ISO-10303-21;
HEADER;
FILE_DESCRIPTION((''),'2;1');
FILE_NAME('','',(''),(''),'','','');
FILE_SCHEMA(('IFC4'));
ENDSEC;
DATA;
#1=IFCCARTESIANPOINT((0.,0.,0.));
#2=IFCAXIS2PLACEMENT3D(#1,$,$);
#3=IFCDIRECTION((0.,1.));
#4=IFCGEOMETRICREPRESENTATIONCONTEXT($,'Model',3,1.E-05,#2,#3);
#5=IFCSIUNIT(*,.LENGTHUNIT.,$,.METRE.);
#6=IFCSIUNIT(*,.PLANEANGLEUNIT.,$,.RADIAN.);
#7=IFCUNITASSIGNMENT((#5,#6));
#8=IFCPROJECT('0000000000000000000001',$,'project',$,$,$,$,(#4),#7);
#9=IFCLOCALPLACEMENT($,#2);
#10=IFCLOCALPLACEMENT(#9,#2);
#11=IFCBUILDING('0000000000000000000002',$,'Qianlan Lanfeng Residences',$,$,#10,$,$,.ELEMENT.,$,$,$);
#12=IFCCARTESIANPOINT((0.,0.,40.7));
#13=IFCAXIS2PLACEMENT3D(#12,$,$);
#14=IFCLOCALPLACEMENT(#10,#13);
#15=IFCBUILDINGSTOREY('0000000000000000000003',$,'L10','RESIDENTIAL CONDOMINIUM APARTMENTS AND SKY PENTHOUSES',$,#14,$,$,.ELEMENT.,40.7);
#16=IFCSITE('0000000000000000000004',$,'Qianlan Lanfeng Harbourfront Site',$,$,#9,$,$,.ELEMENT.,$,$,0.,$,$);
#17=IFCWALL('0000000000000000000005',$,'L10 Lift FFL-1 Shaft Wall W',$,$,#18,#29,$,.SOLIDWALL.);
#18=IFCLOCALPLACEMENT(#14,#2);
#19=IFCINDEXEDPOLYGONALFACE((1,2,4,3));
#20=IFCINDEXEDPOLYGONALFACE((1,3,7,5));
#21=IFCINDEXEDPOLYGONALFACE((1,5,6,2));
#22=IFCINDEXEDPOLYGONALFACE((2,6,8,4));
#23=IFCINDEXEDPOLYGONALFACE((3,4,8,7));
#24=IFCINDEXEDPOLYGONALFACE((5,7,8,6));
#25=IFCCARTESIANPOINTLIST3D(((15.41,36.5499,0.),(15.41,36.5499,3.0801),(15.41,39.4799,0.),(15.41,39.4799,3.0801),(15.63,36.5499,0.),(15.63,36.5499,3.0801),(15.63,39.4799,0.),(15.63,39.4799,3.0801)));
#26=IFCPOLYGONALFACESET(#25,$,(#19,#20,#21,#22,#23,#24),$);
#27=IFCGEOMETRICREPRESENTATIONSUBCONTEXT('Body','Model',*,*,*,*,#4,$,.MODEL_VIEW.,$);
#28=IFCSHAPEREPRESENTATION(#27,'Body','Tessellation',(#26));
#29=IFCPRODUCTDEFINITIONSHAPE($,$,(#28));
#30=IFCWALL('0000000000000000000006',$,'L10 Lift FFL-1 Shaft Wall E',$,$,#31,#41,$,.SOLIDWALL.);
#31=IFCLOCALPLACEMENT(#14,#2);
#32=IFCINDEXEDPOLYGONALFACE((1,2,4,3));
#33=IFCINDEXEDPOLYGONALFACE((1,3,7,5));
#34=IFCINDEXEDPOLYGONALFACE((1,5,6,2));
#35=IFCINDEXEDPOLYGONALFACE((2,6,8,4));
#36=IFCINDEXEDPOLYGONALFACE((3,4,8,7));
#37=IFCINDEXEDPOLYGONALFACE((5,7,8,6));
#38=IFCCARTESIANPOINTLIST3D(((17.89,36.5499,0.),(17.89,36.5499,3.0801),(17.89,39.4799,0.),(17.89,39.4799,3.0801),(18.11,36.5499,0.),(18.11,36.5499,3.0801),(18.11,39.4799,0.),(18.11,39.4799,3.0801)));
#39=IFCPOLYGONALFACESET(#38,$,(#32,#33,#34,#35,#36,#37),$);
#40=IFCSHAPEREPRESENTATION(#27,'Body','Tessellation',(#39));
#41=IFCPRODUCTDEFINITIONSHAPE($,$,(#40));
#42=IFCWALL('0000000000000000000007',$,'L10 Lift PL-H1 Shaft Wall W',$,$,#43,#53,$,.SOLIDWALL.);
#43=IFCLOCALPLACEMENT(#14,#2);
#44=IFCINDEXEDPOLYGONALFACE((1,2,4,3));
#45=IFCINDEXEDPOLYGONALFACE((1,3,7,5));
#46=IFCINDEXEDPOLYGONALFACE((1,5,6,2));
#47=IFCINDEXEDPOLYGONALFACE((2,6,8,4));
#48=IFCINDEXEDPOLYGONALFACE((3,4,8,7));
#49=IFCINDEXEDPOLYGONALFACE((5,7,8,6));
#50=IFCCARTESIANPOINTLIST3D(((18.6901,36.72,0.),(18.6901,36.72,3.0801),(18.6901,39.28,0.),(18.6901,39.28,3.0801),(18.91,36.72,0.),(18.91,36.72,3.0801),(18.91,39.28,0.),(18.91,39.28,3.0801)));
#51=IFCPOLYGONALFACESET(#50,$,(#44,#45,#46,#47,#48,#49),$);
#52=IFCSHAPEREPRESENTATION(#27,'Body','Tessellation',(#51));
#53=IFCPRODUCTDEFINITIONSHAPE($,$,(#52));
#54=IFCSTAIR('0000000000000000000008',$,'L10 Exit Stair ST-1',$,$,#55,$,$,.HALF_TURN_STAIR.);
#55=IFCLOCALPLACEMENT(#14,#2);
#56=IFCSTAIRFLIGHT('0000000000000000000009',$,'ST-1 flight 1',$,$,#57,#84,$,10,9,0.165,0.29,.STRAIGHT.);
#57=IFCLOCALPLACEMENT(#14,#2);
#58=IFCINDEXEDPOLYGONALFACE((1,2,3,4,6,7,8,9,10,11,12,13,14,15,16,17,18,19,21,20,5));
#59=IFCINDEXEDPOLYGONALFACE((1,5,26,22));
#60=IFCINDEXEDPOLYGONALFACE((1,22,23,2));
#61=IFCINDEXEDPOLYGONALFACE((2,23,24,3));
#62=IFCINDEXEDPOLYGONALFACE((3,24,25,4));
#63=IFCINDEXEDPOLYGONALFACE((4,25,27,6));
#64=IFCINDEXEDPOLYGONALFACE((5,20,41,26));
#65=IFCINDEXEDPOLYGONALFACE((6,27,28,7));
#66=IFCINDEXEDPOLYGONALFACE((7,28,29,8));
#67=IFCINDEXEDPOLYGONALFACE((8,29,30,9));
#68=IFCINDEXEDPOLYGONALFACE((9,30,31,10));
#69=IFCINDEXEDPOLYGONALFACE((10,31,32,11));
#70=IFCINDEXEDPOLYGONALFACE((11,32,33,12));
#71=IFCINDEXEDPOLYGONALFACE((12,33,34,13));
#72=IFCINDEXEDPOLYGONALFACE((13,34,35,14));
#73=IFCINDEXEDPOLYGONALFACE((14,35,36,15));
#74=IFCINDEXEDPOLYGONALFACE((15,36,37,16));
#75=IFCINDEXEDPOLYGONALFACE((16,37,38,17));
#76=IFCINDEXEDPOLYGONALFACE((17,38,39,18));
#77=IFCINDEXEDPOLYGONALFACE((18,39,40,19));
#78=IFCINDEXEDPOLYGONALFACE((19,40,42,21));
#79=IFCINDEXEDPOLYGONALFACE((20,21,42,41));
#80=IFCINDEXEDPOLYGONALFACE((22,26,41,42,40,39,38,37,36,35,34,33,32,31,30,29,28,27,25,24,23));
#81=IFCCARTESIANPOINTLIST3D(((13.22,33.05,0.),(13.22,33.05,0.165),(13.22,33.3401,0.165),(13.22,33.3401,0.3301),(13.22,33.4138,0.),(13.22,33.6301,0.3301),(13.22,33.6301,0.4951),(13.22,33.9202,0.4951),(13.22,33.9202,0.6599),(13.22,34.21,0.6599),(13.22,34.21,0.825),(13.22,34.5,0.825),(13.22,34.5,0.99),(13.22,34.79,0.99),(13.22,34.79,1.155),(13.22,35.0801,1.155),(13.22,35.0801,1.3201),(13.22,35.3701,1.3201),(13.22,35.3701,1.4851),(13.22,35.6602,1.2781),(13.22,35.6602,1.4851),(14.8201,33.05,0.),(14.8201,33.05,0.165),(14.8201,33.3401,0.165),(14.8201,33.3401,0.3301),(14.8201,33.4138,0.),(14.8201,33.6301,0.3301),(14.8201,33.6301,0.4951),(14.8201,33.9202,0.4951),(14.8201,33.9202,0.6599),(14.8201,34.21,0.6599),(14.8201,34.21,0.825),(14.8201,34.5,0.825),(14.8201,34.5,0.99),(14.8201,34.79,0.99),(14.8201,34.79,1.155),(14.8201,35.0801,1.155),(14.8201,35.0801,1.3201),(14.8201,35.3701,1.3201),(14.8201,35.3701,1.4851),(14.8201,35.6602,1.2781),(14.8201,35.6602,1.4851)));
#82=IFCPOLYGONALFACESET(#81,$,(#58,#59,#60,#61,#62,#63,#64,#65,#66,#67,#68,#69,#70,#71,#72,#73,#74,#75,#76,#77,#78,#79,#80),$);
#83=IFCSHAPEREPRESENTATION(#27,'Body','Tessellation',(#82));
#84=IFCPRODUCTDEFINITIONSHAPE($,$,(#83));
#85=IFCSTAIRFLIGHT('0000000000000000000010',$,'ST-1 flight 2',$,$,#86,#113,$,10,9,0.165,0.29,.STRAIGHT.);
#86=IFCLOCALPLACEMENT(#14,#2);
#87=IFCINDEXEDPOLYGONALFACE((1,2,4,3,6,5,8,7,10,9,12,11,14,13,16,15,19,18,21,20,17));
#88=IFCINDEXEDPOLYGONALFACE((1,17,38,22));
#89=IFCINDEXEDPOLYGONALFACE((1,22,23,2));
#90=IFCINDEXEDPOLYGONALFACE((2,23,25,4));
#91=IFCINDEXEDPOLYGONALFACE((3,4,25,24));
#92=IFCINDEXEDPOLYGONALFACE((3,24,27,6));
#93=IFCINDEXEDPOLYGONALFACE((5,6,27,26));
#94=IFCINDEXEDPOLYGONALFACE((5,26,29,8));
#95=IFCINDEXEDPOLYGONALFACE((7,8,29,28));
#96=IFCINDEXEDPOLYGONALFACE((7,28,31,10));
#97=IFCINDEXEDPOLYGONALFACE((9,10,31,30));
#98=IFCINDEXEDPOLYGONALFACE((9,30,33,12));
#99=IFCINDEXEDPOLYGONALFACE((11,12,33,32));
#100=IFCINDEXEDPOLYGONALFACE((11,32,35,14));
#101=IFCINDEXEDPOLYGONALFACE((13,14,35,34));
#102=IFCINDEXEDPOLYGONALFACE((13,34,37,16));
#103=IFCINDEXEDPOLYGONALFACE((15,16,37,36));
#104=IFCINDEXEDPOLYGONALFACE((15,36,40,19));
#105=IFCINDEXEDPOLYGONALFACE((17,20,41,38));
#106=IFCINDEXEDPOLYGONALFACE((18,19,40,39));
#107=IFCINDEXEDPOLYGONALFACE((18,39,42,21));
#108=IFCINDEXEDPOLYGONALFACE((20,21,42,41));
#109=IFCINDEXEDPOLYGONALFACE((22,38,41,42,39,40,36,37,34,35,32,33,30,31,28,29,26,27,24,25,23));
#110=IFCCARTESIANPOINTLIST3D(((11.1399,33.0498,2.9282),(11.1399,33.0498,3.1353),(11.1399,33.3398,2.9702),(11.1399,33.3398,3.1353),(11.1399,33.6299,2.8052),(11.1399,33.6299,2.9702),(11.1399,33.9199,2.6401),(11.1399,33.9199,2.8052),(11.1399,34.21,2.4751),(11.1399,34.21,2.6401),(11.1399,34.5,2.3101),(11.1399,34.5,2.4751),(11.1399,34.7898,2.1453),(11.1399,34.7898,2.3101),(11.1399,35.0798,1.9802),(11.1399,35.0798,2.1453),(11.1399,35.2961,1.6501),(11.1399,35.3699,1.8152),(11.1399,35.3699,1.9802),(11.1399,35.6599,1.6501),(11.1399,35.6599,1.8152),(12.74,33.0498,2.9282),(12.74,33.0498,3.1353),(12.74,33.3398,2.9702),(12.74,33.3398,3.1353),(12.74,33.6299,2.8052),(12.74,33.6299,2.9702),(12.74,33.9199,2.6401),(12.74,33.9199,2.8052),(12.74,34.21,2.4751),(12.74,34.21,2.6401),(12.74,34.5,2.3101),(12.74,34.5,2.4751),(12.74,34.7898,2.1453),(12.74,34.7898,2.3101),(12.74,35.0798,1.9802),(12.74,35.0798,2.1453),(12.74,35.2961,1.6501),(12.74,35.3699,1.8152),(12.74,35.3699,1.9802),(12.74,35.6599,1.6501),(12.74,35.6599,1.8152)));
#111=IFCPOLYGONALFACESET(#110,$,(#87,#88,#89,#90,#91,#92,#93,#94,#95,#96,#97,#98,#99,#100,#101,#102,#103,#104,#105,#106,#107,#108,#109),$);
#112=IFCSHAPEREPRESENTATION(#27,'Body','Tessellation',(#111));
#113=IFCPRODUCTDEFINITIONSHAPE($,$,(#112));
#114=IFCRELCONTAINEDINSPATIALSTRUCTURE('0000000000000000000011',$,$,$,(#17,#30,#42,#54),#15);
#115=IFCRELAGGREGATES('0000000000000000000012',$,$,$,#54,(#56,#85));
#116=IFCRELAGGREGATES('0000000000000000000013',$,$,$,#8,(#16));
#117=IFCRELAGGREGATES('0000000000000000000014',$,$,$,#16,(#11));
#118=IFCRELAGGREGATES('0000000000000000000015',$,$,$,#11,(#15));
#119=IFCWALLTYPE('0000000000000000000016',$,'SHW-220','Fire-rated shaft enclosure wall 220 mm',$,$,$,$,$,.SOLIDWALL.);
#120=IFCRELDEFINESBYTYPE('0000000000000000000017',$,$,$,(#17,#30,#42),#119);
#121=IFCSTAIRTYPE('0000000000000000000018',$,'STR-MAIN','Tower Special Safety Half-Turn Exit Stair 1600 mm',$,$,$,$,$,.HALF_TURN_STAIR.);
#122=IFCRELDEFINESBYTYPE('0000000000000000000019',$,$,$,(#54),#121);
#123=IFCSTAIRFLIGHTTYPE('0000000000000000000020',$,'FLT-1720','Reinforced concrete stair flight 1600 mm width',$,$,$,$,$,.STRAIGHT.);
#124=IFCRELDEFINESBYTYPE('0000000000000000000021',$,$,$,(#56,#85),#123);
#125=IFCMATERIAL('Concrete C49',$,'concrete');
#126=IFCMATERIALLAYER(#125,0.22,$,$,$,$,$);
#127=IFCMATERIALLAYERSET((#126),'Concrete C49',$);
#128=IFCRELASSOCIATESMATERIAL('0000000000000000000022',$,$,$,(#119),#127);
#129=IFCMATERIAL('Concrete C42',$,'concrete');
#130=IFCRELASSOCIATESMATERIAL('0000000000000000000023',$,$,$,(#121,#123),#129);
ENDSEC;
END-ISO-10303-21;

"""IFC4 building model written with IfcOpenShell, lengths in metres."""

from ifc_helpers import new_model, si_unit, direction, frame, frame_2d, origin, place, context, subcontext, project, spatial, polyline, rectangle, outline, extrude, material, layer, layer_set, type_object, element, aggregate, save


model = new_model("IFC4")

# Units and contexts
model_context = context("Model", 3, precision=1e-05, world=origin(), true_north=direction((0.0, 1.0)))
body_context = subcontext(model_context, "Body", "Model", "MODEL_VIEW")
ifc_project = project(units=[si_unit("LENGTHUNIT", "METRE"), si_unit("PLANEANGLEUNIT", "RADIAN")], contexts=[model_context])

# Site, building, storey
site_placement = place(None, origin())
site = spatial("IfcSite", under=ifc_project, at=site_placement, Name="Qianlan Lanfeng Harbourfront Site", CompositionType="ELEMENT", RefElevation=0.0)
building_placement = place(site_placement, origin())
building = spatial("IfcBuilding", under=site, at=building_placement, Name="Qianlan Lanfeng Residences", CompositionType="ELEMENT")
storey_placement = place(building_placement, frame((0.0, 0.0, 40.7)))
storey = spatial("IfcBuildingStorey", under=building, at=storey_placement, Name="L10", Description="RESIDENTIAL CONDOMINIUM APARTMENTS AND SKY PENTHOUSES", CompositionType="ELEMENT", Elevation=40.7)

# Walls
ifc_material_1 = material(Name="Concrete C49", Category="concrete")
ifc_layer_1 = layer(ifc_material_1, 0.22)
ifc_layer_set_1 = layer_set([ifc_layer_1], Name="Concrete C49")
wall_type_1 = type_object("IfcWallType", Name="SHW-220", Description="Fire-rated shaft enclosure wall 220 mm", PredefinedType="SOLIDWALL", material=ifc_layer_set_1)
for number, where, z_axis, x_axis, name in (
    (1, (15.52, 36.55, 0.0), (0.0, 0.0, 1.0), (0.0, 1.0, 0.0), "L10 Lift FFL-1 Shaft Wall W"),
    (2, (18.0, 36.55, 0.0), (0.0, 0.0, 1.0), (0.0, 1.0, 0.0), "L10 Lift FFL-1 Shaft Wall E"),
):
    element("IfcWall", number, at=place(storey_placement, frame(where, z_axis=z_axis, x_axis=x_axis)), inside=storey, type_object=wall_type_1, Name=name, PredefinedType="SOLIDWALL", context=body_context, shape_type="SweptSolid", body=[
        extrude(rectangle(XDim=2.9299, YDim=0.22, at=frame_2d((1.4648, 0.0))), origin(), (0.0, 0.0, 1.0), 3.0801),
    ])
wall_1_placement = place(storey_placement, frame((18.8, 36.72, 0.0), z_axis=(0.0, 0.0, 1.0), x_axis=(0.0, 1.0, 0.0)))
element("IfcWall", 3, at=wall_1_placement, inside=storey, type_object=wall_type_1, Name="L10 Lift PL-H1 Shaft Wall W", PredefinedType="SOLIDWALL", context=body_context, shape_type="SweptSolid", body=[
    extrude(rectangle(XDim=2.5601, YDim=0.22, at=frame_2d((1.28, 0.0))), origin(), (0.0, 0.0, 1.0), 3.0801),
])

# Stair, stair flights
ifc_material_2 = material(Name="Concrete C42", Category="concrete")
stair_type = type_object("IfcStairType", Name="STR-MAIN", Description="Tower Special Safety Half-Turn Exit Stair 1600 mm", PredefinedType="HALF_TURN_STAIR", material=ifc_material_2)
stair_placement = place(storey_placement, origin())
stair = element("IfcStair", 4, at=stair_placement, inside=storey, type_object=stair_type, Name="L10 Exit Stair ST-1", PredefinedType="HALF_TURN_STAIR")
stair_flight_type = type_object("IfcStairFlightType", Name="FLT-1720", Description="Reinforced concrete stair flight 1600 mm width", PredefinedType="STRAIGHT", material=ifc_material_2)
stair_flight_1_placement = place(storey_placement, frame((14.02, 33.05, 0.0), z_axis=(0.0, 0.0, 1.0), x_axis=(0.0, 1.0, 0.0)))
stair_flight_1 = element("IfcStairFlight", 5, at=stair_flight_1_placement, type_object=stair_flight_type, Name="ST-1 flight 1", NumberOfRisers=10, NumberOfTreads=9, PredefinedType="STRAIGHT", RiserHeight=0.165, TreadLength=0.29, context=body_context, shape_type="SweptSolid", body=[
    extrude(outline(polyline([(0.0, 0.0), (0.0, 0.165), (0.29, 0.165), (0.29, 0.3301), (0.5801, 0.3301), (0.5801, 0.4951), (0.8701, 0.4951), (0.8701, 0.6599), (1.1599, 0.6599), (1.1599, 0.825), (1.45, 0.825), (1.45, 0.99), (1.74, 0.99), (1.74, 1.155), (2.03, 1.155), (2.03, 1.3201), (2.3201, 1.3201), (2.3201, 1.4851), (2.6101, 1.4851), (2.6101, 1.6499), (2.6101, 1.2781), (0.3638, 0.0), (0.0, 0.0)])), frame((0.0, 0.8, 0.0), z_axis=(0.0, -1.0, 0.0), x_axis=(1.0, 0.0, 0.0)), (0.0, 0.0, 1.0), 1.6001),
])
stair_flight_2_placement = place(storey_placement, frame((11.9399, 35.6599, 1.6501), z_axis=(0.0, 0.0, 1.0), x_axis=(0.0, -1.0, 0.0)))
stair_flight_2 = element("IfcStairFlight", 6, at=stair_flight_2_placement, type_object=stair_flight_type, Name="ST-1 flight 2", NumberOfRisers=10, NumberOfTreads=9, PredefinedType="STRAIGHT", RiserHeight=0.165, TreadLength=0.29, context=body_context, shape_type="SweptSolid", body=[
    extrude(outline(polyline([(0.0, 0.0), (0.0, 0.165), (0.29, 0.165), (0.29, 0.3301), (0.5801, 0.3301), (0.5801, 0.4951), (0.8701, 0.4951), (0.8701, 0.6599), (1.1599, 0.6599), (1.1599, 0.825), (1.45, 0.825), (1.45, 0.99), (1.74, 0.99), (1.74, 1.155), (2.03, 1.155), (2.03, 1.3201), (2.3201, 1.3201), (2.3201, 1.4851), (2.6101, 1.4851), (2.6101, 1.6499), (2.6101, 1.2781), (0.3638, 0.0), (0.0, 0.0)])), frame((0.0, 0.8, 0.0), z_axis=(0.0, -1.0, 0.0), x_axis=(1.0, 0.0, 0.0)), (0.0, 0.0, 1.0), 1.6001),
])
aggregate(stair, [stair_flight_1, stair_flight_2])

save(model, "model.ifc")
